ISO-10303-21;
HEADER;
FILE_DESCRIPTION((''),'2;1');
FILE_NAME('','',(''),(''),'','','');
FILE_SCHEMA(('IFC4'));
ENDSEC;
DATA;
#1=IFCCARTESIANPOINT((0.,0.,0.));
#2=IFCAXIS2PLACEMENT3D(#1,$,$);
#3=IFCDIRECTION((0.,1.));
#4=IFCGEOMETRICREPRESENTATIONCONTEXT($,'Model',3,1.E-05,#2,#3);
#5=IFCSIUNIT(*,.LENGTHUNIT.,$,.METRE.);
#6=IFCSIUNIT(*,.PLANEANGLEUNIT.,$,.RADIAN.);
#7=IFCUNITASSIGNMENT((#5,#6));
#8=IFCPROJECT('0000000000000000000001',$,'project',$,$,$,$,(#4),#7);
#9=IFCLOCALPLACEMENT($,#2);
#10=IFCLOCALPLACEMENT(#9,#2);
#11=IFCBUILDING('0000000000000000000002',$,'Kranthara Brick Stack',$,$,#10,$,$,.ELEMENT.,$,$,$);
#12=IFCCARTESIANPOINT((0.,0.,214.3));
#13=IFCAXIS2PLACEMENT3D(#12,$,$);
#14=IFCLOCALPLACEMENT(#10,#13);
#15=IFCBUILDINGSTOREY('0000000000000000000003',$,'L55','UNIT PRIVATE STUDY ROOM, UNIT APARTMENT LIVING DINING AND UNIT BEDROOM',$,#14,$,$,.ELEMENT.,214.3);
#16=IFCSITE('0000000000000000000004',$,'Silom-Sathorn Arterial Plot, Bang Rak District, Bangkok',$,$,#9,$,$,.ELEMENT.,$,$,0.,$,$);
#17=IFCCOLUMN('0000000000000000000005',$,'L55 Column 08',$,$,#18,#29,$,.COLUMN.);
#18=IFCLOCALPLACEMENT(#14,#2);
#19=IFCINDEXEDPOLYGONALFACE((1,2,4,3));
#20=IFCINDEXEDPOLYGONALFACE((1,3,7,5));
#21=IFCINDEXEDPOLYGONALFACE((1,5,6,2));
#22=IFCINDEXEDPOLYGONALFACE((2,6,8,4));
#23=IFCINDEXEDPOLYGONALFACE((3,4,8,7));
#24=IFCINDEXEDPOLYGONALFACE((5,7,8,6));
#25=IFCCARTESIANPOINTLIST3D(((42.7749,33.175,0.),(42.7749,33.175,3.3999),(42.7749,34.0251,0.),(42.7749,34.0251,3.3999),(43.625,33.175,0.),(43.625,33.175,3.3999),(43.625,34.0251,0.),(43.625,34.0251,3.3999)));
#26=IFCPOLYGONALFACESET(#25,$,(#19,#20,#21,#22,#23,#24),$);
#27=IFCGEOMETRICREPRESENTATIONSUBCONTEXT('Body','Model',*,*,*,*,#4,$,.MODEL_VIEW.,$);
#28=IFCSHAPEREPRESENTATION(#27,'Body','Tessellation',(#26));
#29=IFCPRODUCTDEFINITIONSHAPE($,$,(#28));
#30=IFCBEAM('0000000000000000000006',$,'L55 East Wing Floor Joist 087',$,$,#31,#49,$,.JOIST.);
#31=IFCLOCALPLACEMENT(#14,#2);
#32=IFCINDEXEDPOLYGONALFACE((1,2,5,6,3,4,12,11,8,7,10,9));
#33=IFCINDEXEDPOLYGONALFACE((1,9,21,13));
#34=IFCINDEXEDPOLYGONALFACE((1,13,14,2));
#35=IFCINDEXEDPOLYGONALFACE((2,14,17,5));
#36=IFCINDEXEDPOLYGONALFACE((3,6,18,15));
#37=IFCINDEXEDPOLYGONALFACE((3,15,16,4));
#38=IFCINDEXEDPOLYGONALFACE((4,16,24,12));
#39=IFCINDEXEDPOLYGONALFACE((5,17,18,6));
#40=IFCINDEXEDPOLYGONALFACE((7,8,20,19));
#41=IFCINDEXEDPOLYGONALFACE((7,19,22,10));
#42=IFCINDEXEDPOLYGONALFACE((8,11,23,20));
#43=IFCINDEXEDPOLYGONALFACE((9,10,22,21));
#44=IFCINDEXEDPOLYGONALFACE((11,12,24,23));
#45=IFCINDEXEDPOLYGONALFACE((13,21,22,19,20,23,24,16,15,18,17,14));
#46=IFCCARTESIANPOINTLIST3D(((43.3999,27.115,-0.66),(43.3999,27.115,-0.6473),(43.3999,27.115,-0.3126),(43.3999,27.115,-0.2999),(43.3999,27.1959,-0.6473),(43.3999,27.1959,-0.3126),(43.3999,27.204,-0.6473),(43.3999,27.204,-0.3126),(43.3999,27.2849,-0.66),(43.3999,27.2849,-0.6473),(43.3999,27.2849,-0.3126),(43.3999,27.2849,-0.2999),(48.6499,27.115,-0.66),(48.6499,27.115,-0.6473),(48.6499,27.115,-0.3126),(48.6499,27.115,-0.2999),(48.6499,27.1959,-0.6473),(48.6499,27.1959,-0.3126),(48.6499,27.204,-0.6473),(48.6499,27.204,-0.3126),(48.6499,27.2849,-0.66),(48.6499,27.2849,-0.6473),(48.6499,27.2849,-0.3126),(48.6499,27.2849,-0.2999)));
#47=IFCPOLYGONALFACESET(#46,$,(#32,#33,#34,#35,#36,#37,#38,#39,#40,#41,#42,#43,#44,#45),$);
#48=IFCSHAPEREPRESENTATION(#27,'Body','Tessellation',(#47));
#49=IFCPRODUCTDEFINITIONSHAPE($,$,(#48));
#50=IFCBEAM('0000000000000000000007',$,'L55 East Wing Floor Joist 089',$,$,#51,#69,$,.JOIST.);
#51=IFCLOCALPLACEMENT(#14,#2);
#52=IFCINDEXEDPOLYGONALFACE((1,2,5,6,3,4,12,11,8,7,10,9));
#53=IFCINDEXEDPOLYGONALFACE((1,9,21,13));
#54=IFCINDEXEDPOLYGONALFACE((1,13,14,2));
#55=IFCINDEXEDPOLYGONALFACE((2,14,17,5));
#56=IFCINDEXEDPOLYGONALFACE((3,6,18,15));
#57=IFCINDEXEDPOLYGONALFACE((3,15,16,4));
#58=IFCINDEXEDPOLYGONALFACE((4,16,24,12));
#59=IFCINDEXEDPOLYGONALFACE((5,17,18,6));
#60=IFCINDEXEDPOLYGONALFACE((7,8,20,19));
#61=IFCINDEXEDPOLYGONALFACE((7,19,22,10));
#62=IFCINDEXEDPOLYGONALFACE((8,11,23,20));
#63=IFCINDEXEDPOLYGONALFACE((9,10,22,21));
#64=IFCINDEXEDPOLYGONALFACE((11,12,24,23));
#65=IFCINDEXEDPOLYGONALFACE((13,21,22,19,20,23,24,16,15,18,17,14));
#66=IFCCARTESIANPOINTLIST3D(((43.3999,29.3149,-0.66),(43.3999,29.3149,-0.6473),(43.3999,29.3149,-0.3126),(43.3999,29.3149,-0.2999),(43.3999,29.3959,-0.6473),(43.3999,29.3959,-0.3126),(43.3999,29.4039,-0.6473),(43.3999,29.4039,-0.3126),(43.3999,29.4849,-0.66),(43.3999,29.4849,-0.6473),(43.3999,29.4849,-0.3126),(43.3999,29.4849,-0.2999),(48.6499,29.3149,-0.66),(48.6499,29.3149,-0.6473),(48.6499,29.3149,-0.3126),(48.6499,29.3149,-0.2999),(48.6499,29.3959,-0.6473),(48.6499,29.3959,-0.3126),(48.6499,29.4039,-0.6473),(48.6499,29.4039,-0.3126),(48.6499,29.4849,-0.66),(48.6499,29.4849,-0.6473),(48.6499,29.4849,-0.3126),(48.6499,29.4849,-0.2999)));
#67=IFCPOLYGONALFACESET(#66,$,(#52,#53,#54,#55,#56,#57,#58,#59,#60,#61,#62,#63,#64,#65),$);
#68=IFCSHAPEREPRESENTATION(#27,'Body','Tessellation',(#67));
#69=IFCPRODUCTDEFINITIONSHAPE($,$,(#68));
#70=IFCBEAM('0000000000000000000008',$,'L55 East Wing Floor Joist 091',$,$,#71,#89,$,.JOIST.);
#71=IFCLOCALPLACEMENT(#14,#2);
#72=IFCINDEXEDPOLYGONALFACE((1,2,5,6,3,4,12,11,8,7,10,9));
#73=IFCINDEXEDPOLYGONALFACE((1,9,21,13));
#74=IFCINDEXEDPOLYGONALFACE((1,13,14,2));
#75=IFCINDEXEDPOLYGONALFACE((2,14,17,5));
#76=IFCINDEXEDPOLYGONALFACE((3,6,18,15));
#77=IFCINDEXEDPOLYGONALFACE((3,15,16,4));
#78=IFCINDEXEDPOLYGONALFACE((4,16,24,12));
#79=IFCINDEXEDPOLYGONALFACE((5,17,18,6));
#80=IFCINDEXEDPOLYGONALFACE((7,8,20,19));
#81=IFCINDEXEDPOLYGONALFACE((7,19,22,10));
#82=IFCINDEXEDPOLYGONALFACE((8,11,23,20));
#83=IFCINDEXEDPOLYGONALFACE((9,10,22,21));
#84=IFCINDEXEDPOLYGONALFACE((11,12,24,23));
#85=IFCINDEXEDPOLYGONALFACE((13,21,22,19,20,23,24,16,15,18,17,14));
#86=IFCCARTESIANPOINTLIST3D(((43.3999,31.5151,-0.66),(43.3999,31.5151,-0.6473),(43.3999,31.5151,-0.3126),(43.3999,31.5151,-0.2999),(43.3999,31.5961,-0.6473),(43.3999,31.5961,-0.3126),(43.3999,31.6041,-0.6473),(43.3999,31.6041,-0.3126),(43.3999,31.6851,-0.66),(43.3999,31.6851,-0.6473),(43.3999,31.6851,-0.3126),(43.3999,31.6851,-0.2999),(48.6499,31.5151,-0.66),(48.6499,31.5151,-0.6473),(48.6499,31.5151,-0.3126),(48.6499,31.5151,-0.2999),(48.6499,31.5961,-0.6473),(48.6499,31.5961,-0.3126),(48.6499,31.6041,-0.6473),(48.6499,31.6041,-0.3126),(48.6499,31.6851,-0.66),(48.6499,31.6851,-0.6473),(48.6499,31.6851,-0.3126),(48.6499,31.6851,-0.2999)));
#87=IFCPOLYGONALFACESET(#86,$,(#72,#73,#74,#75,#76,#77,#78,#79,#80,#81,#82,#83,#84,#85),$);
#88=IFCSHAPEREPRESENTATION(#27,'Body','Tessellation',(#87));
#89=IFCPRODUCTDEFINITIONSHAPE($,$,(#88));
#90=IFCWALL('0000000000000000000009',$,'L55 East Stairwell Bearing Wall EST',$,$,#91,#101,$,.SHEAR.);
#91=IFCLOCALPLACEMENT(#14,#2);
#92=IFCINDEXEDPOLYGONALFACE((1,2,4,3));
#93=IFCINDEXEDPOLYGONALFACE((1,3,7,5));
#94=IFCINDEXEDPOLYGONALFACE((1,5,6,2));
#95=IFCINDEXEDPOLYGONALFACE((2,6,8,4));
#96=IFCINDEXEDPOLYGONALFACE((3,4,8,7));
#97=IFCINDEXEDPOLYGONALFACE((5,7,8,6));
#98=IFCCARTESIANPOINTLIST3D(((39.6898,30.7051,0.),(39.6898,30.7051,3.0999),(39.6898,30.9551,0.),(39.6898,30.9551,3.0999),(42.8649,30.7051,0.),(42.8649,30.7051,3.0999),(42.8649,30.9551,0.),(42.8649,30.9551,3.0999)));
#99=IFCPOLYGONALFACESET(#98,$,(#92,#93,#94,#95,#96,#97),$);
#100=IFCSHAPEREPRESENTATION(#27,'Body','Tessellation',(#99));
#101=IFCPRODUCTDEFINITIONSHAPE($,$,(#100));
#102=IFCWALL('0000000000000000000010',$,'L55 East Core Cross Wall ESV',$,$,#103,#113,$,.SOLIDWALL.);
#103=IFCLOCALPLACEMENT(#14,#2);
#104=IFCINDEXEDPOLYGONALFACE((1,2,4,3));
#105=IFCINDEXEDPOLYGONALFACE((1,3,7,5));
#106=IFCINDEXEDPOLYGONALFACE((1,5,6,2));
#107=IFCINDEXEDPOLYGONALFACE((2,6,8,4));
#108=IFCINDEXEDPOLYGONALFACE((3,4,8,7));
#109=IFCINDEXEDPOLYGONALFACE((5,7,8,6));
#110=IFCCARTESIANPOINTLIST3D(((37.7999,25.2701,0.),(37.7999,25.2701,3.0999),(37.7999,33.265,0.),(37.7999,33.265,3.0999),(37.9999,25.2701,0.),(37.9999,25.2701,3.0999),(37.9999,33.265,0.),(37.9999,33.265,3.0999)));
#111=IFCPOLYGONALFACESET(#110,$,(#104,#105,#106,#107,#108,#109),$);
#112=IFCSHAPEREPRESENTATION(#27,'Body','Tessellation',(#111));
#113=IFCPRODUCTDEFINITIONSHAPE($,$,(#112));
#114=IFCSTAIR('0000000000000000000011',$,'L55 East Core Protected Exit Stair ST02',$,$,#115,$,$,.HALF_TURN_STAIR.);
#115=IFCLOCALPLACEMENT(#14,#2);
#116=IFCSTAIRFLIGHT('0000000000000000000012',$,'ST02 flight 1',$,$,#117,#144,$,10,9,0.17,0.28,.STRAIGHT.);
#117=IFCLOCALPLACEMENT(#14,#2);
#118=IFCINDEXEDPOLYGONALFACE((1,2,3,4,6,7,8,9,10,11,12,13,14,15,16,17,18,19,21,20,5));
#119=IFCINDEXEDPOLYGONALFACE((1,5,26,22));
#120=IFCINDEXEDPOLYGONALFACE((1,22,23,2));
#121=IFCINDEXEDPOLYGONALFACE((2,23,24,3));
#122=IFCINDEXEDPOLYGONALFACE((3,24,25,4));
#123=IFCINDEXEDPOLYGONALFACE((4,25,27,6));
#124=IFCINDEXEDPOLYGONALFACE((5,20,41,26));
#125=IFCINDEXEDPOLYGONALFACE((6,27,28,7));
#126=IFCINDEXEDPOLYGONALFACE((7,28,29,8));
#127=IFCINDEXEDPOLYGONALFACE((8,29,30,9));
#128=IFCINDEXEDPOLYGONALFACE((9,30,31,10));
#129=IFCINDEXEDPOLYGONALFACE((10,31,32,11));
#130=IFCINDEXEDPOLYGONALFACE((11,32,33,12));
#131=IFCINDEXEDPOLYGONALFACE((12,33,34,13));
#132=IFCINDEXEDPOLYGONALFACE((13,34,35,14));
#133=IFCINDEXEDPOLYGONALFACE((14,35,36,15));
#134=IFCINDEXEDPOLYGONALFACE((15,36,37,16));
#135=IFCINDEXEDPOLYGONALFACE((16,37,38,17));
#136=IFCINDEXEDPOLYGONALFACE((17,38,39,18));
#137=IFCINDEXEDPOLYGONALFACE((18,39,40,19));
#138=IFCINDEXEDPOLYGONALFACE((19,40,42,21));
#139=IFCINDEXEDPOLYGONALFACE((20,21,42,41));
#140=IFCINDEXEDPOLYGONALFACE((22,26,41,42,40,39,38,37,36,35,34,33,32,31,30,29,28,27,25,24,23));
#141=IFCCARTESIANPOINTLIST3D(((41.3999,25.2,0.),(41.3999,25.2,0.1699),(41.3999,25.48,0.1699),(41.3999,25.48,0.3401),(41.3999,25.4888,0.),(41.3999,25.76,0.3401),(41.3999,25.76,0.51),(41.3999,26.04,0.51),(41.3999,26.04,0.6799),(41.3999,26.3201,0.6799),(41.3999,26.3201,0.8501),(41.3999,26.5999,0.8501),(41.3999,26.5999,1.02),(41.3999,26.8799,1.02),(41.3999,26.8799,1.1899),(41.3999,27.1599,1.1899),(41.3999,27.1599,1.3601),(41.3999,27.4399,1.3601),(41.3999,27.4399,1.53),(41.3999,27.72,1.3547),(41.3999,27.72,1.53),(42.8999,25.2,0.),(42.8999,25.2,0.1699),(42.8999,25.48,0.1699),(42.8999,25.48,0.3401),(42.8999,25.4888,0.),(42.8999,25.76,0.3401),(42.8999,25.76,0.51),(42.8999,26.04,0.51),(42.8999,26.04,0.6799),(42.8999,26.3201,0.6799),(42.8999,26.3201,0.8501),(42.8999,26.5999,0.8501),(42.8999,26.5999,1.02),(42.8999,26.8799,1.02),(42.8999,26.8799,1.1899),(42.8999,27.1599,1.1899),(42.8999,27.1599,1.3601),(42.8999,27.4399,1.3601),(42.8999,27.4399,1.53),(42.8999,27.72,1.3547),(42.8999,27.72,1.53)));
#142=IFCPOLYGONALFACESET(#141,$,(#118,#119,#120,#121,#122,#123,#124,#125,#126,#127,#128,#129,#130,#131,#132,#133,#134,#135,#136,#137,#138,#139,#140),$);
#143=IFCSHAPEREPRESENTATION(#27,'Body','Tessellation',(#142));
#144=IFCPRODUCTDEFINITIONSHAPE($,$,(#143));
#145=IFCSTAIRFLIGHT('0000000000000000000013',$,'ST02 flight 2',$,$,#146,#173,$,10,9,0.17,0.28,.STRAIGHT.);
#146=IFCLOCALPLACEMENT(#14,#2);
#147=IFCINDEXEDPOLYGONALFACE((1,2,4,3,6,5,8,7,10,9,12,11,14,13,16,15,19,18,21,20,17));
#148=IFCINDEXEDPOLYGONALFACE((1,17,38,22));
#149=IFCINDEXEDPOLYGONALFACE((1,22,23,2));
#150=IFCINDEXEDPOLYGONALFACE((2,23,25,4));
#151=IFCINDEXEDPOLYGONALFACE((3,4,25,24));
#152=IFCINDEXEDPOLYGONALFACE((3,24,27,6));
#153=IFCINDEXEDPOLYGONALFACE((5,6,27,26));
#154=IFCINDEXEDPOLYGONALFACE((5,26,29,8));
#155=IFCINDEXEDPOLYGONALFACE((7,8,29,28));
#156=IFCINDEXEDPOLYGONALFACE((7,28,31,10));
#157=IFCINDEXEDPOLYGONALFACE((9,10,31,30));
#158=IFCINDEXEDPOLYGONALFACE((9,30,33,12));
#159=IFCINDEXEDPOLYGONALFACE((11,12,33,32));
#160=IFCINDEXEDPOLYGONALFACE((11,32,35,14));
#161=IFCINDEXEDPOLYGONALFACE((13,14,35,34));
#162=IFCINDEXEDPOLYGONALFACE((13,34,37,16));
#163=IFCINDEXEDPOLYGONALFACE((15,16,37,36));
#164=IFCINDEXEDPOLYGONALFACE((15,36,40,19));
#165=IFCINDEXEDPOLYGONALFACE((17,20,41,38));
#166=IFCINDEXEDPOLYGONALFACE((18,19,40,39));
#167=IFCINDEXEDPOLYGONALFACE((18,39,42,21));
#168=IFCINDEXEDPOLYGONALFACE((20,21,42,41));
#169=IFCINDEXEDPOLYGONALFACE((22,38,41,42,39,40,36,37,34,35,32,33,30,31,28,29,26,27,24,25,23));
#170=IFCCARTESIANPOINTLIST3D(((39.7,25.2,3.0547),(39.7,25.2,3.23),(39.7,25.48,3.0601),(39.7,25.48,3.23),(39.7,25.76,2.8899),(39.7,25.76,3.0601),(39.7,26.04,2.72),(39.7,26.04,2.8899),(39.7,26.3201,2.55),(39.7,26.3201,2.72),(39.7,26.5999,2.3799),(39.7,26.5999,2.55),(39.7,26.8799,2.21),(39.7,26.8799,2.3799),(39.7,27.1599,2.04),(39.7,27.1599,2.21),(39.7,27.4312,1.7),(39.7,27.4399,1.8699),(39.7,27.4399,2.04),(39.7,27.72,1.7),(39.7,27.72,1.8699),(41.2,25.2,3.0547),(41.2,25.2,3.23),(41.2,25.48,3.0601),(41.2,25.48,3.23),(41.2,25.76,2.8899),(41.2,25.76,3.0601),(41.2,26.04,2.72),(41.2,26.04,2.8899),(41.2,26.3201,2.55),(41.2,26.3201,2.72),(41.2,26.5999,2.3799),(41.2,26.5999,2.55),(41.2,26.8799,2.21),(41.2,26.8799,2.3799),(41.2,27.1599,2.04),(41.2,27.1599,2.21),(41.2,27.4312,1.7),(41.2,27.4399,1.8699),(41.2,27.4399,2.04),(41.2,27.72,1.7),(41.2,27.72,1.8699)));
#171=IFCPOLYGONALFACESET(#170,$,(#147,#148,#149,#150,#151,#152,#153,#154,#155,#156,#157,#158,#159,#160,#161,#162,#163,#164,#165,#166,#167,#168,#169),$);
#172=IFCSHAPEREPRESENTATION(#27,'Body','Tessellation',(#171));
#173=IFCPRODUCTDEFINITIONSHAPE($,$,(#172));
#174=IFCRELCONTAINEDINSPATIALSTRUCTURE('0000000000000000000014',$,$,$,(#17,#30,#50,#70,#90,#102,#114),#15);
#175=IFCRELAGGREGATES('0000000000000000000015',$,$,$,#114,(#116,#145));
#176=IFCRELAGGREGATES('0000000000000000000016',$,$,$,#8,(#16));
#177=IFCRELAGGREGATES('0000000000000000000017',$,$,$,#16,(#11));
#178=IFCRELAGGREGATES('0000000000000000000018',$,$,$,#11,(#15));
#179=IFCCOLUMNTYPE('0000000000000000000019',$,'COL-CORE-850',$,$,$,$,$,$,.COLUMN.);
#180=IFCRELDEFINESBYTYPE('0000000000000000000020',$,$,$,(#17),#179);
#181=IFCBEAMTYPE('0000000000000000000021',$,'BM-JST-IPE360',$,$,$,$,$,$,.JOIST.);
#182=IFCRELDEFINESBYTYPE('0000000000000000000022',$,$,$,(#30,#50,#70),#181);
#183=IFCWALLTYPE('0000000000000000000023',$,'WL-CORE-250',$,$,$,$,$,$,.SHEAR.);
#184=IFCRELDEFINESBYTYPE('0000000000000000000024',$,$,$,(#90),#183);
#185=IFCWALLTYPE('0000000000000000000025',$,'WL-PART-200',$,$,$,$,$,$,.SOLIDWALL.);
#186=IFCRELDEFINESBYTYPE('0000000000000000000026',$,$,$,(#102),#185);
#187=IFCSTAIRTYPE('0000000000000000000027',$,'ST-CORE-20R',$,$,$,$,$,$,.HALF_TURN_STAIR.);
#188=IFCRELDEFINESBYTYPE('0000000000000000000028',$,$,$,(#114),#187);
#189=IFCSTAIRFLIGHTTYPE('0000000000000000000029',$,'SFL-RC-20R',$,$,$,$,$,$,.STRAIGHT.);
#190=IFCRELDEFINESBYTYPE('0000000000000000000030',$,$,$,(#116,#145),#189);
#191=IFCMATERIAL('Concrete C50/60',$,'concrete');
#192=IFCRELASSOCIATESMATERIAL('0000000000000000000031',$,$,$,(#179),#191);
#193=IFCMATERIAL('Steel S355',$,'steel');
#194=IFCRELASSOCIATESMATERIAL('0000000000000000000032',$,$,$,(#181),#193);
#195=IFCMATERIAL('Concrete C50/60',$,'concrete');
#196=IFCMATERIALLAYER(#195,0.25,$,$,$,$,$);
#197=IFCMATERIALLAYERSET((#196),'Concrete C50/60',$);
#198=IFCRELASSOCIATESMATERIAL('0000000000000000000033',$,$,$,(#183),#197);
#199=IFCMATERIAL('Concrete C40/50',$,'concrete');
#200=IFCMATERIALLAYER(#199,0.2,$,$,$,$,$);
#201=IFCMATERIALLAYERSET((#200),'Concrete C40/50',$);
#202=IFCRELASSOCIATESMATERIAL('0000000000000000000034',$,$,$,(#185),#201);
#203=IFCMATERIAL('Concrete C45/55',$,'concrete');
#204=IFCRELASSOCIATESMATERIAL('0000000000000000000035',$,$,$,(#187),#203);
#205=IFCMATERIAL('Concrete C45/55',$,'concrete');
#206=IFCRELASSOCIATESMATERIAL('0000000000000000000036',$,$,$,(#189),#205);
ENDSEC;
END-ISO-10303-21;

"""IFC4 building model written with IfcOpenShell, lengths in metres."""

from ifc_helpers import new_model, si_unit, direction, frame, frame_2d, origin, origin_2d, place, context, subcontext, project, spatial, polyline, rectangle, i_section, outline, extrude, material, layer, layer_set, material_profile, profile_set, type_object, element, aggregate, save


model = new_model("IFC4")

# Units and contexts
model_context = context("Model", 3, precision=1e-05, world=origin(), true_north=direction((0.0, 1.0)))
body_context = subcontext(model_context, "Body", "Model", "MODEL_VIEW")
ifc_project = project(units=[si_unit("LENGTHUNIT", "METRE"), si_unit("PLANEANGLEUNIT", "RADIAN")], contexts=[model_context])

# Site, building, storey
site_placement = place(None, origin())
site = spatial("IfcSite", under=ifc_project, at=site_placement, Name="Silom-Sathorn Arterial Plot, Bang Rak District, Bangkok", CompositionType="ELEMENT", RefElevation=0.0)
building_placement = place(site_placement, origin())
building = spatial("IfcBuilding", under=site, at=building_placement, Name="Kranthara Brick Stack", CompositionType="ELEMENT")
storey_placement = place(building_placement, frame((0.0, 0.0, 214.3)))
storey = spatial("IfcBuildingStorey", under=building, at=storey_placement, Name="L55", Description="UNIT PRIVATE STUDY ROOM, UNIT APARTMENT LIVING DINING AND UNIT BEDROOM", CompositionType="ELEMENT", Elevation=214.3)

# Column
ifc_material_1 = material(Name="Concrete C50/60", Category="concrete")
ifc_material_profile_1 = material_profile(ifc_material_1, rectangle(XDim=0.8501, YDim=0.8501, at=origin_2d()), Name="RC 850x850")
ifc_profile_set_1 = profile_set([ifc_material_profile_1], Name="Concrete C50/60")
column_type = type_object("IfcColumnType", Name="COL-CORE-850", PredefinedType="COLUMN", material=ifc_profile_set_1)
column_placement = place(storey_placement, frame((43.2, 33.6001, 0.0), z_axis=(0.0, 0.0, 1.0), x_axis=(1.0, 0.0, 0.0)))
element("IfcColumn", 1, at=column_placement, inside=storey, type_object=column_type, Name="L55 Column 08", PredefinedType="COLUMN", context=body_context, shape_type="SweptSolid", body=[
    extrude(rectangle(XDim=0.8501, YDim=0.8501, at=origin_2d()), origin(), (0.0, 0.0, 1.0), 3.3999),
])

# Beams
ifc_material_2 = material(Name="Steel S355", Category="steel")
ifc_material_profile_2 = material_profile(ifc_material_2, i_section(OverallWidth=0.1699, OverallDepth=0.3601, WebThickness=0.0081, FlangeThickness=0.0127, at=origin_2d()), Name="IPE 360")
ifc_profile_set_2 = profile_set([ifc_material_profile_2], Name="Steel S355")
beam_type = type_object("IfcBeamType", Name="BM-JST-IPE360", PredefinedType="JOIST", material=ifc_profile_set_2)
for number, where, z_axis, x_axis, name in (
    (2, (43.3999, 27.2, -0.48), (1.0, 0.0, 0.0), (0.0, 1.0, 0.0), "L55 East Wing Floor Joist 087"),
    (3, (43.3999, 29.3999, -0.48), (1.0, 0.0, 0.0), (0.0, 1.0, 0.0), "L55 East Wing Floor Joist 089"),
    (4, (43.3999, 31.6001, -0.48), (1.0, 0.0, 0.0), (0.0, 1.0, 0.0), "L55 East Wing Floor Joist 091"),
):
    element("IfcBeam", number, at=place(storey_placement, frame(where, z_axis=z_axis, x_axis=x_axis)), inside=storey, type_object=beam_type, Name=name, PredefinedType="JOIST", context=body_context, shape_type="SweptSolid", body=[
        extrude(i_section(OverallWidth=0.1699, OverallDepth=0.3601, WebThickness=0.0081, FlangeThickness=0.0127, at=origin_2d()), origin(), (0.0, 0.0, 1.0), 5.25),
    ])

# Wall
ifc_material_3 = material(Name="Concrete C50/60", Category="concrete")
ifc_layer_1 = layer(ifc_material_3, 0.25)
ifc_layer_set_1 = layer_set([ifc_layer_1], Name="Concrete C50/60")
wall_type_1 = type_object("IfcWallType", Name="WL-CORE-250", PredefinedType="SHEAR", material=ifc_layer_set_1)
wall_1_placement = place(storey_placement, frame((39.6899, 30.8301, 0.0), z_axis=(0.0, 0.0, 1.0), x_axis=(1.0, 0.0, 0.0)))
element("IfcWall", 5, at=wall_1_placement, inside=storey, type_object=wall_type_1, Name="L55 East Stairwell Bearing Wall EST", PredefinedType="SHEAR", context=body_context, shape_type="SweptSolid", body=[
    extrude(rectangle(XDim=3.175, YDim=0.25, at=frame_2d((1.5874, 0.0))), origin(), (0.0, 0.0, 1.0), 3.0999),
])

# Wall
ifc_material_4 = material(Name="Concrete C40/50", Category="concrete")
ifc_layer_2 = layer(ifc_material_4, 0.2)
ifc_layer_set_2 = layer_set([ifc_layer_2], Name="Concrete C40/50")
wall_type_2 = type_object("IfcWallType", Name="WL-PART-200", PredefinedType="SOLIDWALL", material=ifc_layer_set_2)
wall_2_placement = place(storey_placement, frame((37.8999, 25.27, 0.0), z_axis=(0.0, 0.0, 1.0), x_axis=(0.0, 1.0, 0.0)))
element("IfcWall", 6, at=wall_2_placement, inside=storey, type_object=wall_type_2, Name="L55 East Core Cross Wall ESV", PredefinedType="SOLIDWALL", context=body_context, shape_type="SweptSolid", body=[
    extrude(rectangle(XDim=7.9949, YDim=0.2, at=frame_2d((3.9976, 0.0))), origin(), (0.0, 0.0, 1.0), 3.0999),
])

# Stair, stair flights
ifc_material_5 = material(Name="Concrete C45/55", Category="concrete")
stair_type = type_object("IfcStairType", Name="ST-CORE-20R", PredefinedType="HALF_TURN_STAIR", material=ifc_material_5)
stair_placement = place(storey_placement, origin())
stair = element("IfcStair", 7, at=stair_placement, inside=storey, type_object=stair_type, Name="L55 East Core Protected Exit Stair ST02", PredefinedType="HALF_TURN_STAIR")
ifc_material_6 = material(Name="Concrete C45/55", Category="concrete")
stair_flight_type = type_object("IfcStairFlightType", Name="SFL-RC-20R", PredefinedType="STRAIGHT", material=ifc_material_6)
stair_flight_1_placement = place(storey_placement, frame((42.1499, 25.2, 0.0), z_axis=(0.0, 0.0, 1.0), x_axis=(0.0, 1.0, 0.0)))
stair_flight_1 = element("IfcStairFlight", 8, at=stair_flight_1_placement, type_object=stair_flight_type, Name="ST02 flight 1", NumberOfRisers=10, NumberOfTreads=9, PredefinedType="STRAIGHT", RiserHeight=0.17, TreadLength=0.28, context=body_context, shape_type="SweptSolid", body=[
    extrude(outline(polyline([(0.0, 0.0), (0.0, 0.1699), (0.28, 0.1699), (0.28, 0.3401), (0.5601, 0.3401), (0.5601, 0.51), (0.8401, 0.51), (0.8401, 0.6799), (1.1201, 0.6799), (1.1201, 0.8501), (1.3999, 0.8501), (1.3999, 1.02), (1.6799, 1.02), (1.6799, 1.1899), (1.96, 1.1899), (1.96, 1.3601), (2.24, 1.3601), (2.24, 1.53), (2.52, 1.53), (2.52, 1.7), (2.52, 1.3547), (0.2888, 0.0), (0.0, 0.0)])), frame((0.0, 0.75, 0.0), z_axis=(0.0, -1.0, 0.0), x_axis=(1.0, 0.0, 0.0)), (0.0, 0.0, 1.0), 1.5),
])
stair_flight_2_placement = place(storey_placement, frame((40.45, 27.72, 1.7), z_axis=(0.0, 0.0, 1.0), x_axis=(0.0, -1.0, 0.0)))
stair_flight_2 = element("IfcStairFlight", 9, at=stair_flight_2_placement, type_object=stair_flight_type, Name="ST02 flight 2", NumberOfRisers=10, NumberOfTreads=9, PredefinedType="STRAIGHT", RiserHeight=0.17, TreadLength=0.28, context=body_context, shape_type="SweptSolid", body=[
    extrude(outline(polyline([(0.0, 0.0), (0.0, 0.1699), (0.28, 0.1699), (0.28, 0.3401), (0.5601, 0.3401), (0.5601, 0.51), (0.8401, 0.51), (0.8401, 0.6799), (1.1201, 0.6799), (1.1201, 0.8501), (1.3999, 0.8501), (1.3999, 1.02), (1.6799, 1.02), (1.6799, 1.1899), (1.96, 1.1899), (1.96, 1.3601), (2.24, 1.3601), (2.24, 1.53), (2.52, 1.53), (2.52, 1.7), (2.52, 1.3547), (0.2888, 0.0), (0.0, 0.0)])), frame((0.0, 0.75, 0.0), z_axis=(0.0, -1.0, 0.0), x_axis=(1.0, 0.0, 0.0)), (0.0, 0.0, 1.0), 1.5),
])
aggregate(stair, [stair_flight_1, stair_flight_2])

save(model, "model.ifc")
